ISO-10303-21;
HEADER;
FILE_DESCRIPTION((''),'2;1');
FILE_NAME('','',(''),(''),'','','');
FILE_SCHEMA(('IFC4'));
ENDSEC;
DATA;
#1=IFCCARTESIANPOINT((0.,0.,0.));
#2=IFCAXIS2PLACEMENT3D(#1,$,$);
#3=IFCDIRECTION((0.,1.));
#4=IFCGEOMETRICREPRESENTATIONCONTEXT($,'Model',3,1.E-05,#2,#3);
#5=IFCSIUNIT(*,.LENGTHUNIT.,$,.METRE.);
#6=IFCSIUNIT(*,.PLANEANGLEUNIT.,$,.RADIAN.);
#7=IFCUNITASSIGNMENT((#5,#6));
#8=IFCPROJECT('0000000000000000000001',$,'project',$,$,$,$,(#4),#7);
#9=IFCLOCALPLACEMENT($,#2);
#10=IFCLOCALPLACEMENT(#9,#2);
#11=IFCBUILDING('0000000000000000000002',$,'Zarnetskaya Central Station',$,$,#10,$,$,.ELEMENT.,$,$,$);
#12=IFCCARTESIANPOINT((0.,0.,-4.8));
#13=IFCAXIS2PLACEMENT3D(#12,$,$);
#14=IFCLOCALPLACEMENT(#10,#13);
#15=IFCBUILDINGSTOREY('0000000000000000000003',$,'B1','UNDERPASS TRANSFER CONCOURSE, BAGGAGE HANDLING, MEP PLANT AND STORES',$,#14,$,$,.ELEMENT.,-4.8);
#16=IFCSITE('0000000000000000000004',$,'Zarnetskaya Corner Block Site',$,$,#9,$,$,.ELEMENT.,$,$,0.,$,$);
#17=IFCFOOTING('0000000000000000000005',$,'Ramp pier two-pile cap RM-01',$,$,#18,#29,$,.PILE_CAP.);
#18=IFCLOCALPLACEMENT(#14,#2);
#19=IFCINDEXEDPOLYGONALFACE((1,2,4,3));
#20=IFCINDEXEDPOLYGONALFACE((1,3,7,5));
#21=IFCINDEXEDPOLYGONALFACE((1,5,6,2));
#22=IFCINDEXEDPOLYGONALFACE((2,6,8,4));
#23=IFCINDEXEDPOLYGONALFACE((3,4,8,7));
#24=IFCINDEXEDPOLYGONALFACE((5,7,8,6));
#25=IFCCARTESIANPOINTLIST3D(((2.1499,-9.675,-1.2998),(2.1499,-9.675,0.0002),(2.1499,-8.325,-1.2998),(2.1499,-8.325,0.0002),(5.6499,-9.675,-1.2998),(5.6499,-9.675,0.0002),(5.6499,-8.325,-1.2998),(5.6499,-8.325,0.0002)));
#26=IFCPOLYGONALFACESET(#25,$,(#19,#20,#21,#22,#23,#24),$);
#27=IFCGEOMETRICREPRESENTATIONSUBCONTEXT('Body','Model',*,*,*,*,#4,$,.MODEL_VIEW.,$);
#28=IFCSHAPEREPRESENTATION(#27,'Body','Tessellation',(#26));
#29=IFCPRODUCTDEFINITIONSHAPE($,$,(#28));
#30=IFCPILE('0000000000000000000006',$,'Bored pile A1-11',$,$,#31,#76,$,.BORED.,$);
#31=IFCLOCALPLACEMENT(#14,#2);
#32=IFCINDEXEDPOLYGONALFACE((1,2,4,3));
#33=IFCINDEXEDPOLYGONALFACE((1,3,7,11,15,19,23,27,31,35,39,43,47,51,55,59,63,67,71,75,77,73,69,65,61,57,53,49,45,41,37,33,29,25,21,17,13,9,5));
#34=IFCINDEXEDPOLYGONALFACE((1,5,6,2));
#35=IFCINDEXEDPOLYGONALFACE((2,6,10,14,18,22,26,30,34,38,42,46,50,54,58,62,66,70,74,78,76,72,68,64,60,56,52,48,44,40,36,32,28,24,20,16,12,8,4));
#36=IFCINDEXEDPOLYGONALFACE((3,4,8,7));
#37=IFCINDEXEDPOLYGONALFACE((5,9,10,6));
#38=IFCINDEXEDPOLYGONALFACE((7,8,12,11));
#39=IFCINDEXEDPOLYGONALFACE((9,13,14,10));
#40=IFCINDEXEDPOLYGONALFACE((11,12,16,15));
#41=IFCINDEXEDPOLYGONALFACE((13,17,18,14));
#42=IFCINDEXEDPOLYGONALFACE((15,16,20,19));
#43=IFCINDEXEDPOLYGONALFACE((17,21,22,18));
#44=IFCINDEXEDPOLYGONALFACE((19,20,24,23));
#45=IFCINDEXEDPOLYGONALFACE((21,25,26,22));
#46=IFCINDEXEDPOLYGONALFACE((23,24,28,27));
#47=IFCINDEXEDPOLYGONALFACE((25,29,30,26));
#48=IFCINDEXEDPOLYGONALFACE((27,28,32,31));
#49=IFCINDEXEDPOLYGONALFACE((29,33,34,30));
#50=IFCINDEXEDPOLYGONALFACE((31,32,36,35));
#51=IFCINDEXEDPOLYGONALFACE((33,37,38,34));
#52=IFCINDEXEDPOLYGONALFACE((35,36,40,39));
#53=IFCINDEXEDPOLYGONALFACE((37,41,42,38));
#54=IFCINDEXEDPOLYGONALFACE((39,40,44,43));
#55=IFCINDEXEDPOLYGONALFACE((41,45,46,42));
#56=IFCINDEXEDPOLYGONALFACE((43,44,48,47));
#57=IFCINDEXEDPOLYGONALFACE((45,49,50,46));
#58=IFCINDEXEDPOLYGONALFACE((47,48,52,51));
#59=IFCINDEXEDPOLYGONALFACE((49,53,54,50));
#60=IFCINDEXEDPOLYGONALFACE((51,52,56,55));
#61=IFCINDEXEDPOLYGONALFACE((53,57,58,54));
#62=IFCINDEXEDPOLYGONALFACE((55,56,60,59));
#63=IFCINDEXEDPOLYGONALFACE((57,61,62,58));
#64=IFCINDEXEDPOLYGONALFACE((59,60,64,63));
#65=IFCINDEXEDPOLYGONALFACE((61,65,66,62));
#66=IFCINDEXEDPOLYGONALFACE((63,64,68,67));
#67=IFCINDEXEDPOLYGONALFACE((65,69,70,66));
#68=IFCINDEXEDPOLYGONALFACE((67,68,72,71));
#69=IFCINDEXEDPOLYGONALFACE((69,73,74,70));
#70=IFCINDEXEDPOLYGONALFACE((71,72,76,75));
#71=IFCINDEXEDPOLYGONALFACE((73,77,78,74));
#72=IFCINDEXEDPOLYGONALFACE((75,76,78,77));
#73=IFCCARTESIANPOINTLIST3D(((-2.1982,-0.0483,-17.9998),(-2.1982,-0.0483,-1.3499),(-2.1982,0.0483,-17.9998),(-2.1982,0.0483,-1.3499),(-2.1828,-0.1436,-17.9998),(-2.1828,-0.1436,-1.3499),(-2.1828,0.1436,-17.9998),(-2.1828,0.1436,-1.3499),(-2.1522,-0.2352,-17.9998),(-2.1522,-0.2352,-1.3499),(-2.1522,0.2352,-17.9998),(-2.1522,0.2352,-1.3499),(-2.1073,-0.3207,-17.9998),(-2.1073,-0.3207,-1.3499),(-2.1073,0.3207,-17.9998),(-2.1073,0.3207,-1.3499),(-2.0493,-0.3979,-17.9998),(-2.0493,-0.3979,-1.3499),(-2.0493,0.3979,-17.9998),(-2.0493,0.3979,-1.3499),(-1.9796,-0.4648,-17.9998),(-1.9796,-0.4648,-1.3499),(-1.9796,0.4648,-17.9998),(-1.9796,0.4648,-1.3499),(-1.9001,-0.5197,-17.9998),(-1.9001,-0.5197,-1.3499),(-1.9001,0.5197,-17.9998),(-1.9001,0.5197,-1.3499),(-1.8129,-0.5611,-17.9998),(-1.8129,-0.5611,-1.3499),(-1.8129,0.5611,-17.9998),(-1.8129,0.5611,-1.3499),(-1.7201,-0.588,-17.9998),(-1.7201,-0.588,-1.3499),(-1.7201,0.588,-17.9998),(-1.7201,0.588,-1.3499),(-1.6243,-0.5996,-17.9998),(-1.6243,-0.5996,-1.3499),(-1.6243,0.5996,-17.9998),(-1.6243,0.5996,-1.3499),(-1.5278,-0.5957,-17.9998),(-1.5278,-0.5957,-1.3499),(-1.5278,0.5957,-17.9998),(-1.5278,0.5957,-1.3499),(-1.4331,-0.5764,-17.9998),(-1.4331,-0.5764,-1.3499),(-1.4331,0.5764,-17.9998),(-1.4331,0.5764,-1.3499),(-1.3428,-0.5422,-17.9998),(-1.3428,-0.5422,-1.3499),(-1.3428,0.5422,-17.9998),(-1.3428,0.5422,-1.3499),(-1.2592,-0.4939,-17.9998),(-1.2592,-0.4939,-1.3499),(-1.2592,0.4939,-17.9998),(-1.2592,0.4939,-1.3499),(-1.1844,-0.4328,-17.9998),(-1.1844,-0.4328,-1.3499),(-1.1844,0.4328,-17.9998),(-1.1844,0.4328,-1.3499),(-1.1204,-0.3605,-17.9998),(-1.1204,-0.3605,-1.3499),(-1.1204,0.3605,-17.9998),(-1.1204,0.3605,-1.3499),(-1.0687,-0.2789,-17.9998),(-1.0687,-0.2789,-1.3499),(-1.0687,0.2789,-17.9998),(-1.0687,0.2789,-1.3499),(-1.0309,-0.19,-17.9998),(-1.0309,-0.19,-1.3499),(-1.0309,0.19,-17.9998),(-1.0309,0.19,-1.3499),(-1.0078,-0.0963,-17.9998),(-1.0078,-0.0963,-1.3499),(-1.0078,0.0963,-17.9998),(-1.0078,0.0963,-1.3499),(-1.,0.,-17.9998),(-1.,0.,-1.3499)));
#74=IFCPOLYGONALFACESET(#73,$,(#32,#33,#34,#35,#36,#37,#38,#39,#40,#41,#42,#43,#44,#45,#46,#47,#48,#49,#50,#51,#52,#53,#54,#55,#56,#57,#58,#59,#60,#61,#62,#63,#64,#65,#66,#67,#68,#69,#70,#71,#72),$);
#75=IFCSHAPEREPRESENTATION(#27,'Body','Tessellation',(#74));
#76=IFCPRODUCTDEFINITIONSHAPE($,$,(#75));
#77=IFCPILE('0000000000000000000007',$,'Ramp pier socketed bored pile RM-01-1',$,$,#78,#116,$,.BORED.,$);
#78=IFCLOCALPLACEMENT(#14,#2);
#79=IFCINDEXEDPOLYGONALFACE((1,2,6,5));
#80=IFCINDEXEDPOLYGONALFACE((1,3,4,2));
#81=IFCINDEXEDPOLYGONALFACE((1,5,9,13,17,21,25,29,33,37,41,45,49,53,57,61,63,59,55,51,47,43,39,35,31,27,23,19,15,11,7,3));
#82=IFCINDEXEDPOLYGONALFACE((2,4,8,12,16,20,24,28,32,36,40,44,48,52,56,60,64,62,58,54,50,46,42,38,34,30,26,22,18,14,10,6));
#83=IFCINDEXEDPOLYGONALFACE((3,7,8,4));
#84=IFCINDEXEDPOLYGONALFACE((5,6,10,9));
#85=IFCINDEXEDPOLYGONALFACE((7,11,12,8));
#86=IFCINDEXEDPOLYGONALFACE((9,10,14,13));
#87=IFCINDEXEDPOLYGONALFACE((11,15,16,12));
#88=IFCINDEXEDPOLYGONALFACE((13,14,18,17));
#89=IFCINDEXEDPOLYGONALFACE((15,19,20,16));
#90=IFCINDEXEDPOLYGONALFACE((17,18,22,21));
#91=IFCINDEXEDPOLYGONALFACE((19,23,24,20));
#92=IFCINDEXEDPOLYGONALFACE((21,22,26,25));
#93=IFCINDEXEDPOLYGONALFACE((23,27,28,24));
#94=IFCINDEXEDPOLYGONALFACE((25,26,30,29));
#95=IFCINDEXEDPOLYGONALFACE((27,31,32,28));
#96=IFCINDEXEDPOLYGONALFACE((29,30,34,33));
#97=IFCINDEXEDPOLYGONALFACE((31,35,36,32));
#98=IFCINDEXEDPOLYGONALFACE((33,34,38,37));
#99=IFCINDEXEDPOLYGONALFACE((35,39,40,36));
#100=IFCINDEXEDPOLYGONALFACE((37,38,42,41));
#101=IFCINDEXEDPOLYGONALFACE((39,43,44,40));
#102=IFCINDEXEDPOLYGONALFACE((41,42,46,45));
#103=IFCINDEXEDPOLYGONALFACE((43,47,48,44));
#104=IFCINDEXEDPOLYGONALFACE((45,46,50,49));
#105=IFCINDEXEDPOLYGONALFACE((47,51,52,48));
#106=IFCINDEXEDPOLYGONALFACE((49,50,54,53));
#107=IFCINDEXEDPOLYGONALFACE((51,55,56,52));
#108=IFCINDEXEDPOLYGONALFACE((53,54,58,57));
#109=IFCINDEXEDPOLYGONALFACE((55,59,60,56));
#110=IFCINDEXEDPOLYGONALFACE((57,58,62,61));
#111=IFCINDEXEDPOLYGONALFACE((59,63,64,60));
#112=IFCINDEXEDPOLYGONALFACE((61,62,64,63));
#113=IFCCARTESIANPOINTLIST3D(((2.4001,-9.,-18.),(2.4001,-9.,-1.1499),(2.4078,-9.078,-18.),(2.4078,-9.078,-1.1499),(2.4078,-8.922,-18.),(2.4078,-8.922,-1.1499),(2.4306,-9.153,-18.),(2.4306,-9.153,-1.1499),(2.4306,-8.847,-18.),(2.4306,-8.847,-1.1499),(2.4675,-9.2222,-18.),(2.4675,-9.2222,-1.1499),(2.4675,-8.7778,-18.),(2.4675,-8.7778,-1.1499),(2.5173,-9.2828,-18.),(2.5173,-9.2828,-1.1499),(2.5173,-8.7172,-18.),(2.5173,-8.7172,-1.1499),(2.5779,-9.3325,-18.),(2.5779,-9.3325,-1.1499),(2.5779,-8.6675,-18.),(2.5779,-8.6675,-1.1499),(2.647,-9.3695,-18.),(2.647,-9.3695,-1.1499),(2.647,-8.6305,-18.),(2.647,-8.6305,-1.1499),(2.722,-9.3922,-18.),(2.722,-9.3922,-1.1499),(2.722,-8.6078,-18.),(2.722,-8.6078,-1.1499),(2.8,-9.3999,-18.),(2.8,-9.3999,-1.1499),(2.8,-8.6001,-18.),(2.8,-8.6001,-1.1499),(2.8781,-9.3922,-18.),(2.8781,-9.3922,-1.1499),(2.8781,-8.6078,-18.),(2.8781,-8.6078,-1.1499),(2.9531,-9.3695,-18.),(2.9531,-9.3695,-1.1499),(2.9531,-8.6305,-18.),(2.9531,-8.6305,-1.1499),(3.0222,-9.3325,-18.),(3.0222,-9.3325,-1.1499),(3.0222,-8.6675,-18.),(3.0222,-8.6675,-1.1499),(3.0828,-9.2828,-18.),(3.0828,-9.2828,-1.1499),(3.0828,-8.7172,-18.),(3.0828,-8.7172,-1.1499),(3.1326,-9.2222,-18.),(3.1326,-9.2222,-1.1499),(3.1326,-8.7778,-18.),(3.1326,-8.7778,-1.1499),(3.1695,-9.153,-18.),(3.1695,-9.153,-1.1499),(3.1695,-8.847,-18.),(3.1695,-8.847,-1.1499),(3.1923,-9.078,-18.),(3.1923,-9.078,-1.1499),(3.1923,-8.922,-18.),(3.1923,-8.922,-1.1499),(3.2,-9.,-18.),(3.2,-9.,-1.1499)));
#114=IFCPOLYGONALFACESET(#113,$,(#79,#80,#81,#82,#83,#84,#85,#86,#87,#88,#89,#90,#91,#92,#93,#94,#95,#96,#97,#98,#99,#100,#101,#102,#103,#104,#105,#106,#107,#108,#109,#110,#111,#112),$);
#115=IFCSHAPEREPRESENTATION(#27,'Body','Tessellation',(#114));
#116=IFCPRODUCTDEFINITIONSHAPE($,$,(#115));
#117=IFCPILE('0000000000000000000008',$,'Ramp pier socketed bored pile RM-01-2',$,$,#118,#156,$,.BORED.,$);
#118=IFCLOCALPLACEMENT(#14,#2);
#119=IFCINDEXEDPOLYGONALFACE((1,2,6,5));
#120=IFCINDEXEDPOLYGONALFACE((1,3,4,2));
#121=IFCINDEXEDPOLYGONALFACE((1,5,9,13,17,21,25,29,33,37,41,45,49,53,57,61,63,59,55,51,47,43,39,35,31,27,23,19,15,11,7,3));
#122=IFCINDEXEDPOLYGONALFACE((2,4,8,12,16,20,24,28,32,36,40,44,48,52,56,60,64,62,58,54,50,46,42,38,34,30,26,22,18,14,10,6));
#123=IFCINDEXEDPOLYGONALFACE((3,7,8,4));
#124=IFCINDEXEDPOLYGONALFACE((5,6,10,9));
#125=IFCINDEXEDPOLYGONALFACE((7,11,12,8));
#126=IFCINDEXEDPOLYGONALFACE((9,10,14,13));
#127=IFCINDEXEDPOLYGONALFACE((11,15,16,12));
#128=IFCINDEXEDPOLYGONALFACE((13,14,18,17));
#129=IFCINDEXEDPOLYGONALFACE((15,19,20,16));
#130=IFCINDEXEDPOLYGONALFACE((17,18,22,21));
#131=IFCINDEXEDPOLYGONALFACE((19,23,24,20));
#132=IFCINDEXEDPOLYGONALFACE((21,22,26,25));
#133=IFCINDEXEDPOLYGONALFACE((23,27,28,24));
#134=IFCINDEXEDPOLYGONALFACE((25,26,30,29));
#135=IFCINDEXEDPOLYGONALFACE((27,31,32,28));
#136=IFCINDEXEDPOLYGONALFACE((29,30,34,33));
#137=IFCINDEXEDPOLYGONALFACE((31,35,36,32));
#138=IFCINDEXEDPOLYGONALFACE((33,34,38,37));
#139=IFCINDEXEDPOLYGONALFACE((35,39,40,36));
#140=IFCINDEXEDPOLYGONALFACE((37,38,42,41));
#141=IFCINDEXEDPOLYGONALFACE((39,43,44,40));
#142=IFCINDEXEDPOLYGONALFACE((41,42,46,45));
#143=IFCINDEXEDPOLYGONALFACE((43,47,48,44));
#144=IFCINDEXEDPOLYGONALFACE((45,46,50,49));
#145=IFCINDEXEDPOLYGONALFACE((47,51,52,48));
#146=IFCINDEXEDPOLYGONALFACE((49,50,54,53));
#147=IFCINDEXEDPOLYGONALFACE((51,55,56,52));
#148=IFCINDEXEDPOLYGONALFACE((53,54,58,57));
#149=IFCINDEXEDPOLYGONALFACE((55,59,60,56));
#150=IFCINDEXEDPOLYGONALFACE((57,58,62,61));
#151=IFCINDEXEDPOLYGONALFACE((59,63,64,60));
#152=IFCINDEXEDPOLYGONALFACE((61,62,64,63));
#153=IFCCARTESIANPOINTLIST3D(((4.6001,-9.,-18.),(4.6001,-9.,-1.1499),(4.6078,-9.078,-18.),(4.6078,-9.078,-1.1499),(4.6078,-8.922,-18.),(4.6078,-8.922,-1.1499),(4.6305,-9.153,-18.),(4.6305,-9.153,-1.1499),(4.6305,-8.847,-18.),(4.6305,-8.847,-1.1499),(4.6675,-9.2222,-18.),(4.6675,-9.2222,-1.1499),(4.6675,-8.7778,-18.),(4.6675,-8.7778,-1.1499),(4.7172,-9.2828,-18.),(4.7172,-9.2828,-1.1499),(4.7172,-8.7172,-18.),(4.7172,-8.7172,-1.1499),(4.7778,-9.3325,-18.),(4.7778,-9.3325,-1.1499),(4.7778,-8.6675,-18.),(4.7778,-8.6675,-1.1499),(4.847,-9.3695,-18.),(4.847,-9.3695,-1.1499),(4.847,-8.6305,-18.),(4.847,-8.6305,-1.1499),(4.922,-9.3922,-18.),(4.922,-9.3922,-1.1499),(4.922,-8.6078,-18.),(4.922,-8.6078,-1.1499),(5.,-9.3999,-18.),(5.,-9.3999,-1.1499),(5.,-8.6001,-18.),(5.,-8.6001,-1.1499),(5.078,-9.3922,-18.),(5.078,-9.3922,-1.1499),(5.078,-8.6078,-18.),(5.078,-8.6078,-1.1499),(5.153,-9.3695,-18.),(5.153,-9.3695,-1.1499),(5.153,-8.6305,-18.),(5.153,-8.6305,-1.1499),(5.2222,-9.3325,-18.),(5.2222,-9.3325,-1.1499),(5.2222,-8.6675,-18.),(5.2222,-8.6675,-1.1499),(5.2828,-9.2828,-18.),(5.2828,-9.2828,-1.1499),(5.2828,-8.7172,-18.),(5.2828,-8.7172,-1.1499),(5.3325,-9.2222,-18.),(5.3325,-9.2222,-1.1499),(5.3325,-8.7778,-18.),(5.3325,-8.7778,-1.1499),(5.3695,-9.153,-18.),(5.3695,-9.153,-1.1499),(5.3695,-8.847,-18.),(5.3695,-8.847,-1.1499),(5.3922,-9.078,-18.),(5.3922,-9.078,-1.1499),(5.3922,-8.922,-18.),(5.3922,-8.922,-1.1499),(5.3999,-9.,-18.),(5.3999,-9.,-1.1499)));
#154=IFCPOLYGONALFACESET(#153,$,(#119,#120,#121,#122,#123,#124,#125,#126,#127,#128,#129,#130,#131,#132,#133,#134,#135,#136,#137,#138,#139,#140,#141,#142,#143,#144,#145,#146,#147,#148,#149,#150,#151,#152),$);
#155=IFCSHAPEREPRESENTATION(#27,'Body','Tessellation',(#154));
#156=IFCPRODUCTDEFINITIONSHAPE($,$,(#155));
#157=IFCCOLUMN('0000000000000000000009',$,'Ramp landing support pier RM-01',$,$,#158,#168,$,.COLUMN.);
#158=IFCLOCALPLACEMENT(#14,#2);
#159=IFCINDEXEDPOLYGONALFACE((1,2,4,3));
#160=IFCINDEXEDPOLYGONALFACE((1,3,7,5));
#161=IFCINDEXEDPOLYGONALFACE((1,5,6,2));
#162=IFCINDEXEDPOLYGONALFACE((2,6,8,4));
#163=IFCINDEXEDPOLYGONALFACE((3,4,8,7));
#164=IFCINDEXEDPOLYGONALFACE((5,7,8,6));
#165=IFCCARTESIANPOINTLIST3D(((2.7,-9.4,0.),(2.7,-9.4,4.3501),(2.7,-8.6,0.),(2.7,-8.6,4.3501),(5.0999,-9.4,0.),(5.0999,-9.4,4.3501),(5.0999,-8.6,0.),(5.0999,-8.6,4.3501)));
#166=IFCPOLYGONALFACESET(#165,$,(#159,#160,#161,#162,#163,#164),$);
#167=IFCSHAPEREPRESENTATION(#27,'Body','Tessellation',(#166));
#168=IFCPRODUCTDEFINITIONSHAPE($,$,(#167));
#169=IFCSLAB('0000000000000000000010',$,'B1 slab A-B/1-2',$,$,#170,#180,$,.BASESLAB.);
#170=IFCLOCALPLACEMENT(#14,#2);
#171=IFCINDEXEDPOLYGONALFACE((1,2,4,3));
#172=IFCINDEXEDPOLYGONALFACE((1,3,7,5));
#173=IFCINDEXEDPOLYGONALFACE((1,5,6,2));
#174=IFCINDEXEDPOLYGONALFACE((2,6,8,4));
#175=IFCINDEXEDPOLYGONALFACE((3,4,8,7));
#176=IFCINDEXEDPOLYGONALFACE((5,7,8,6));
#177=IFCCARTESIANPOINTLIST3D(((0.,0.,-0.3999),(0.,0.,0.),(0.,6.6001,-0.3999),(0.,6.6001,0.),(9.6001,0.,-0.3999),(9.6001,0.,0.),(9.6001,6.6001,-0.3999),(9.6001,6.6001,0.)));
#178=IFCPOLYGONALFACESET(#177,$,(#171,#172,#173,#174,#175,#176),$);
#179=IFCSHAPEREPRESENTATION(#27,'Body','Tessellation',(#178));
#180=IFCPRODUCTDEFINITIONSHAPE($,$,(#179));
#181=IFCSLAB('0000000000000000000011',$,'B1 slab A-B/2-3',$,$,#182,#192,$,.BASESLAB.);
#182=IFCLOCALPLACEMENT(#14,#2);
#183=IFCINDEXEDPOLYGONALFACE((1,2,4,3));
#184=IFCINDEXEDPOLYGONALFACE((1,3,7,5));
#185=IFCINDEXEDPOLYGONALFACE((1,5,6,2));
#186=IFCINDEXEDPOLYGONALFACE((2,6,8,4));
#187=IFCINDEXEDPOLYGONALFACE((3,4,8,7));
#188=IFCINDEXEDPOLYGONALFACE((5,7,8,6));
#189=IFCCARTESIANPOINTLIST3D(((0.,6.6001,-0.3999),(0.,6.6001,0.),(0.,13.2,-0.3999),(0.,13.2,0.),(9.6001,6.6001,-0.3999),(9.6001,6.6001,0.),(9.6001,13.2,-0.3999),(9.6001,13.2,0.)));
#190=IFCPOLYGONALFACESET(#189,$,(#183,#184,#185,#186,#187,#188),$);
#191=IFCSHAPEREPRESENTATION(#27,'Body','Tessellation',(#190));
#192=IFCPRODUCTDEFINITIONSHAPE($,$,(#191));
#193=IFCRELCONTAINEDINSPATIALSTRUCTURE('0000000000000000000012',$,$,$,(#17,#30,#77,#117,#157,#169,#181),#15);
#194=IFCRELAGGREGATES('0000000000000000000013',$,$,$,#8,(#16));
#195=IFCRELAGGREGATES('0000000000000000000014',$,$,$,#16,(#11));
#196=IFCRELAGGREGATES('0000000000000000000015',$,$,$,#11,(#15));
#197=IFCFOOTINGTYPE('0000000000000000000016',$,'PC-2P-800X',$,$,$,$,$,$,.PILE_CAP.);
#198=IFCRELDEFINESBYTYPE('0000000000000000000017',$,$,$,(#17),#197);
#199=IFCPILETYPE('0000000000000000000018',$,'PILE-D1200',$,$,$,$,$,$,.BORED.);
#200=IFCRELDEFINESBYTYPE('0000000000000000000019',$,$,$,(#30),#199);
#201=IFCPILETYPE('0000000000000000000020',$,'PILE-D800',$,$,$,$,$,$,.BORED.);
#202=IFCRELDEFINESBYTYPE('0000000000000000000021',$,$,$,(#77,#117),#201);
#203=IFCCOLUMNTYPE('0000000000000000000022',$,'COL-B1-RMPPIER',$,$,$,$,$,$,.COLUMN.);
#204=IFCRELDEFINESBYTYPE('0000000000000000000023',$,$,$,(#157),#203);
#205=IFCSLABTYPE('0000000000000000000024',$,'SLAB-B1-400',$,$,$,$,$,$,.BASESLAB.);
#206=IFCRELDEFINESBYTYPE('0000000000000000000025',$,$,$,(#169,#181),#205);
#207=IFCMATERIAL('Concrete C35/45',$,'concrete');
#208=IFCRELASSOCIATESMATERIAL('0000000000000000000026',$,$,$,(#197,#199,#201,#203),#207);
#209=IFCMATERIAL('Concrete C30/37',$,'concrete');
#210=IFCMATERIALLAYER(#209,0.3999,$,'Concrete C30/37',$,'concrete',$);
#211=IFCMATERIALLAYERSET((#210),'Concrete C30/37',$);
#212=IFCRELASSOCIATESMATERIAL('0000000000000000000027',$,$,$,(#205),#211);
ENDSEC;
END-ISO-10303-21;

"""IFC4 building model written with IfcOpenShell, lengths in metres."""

from ifc_helpers import new_model, si_unit, direction, frame, origin, origin_2d, place, context, subcontext, project, spatial, polyline, rectangle, circle, outline, extrude, material, layer, layer_set, material_profile, profile_set, type_object, element, save


model = new_model("IFC4")

# Units and contexts
model_context = context("Model", 3, precision=1e-05, world=origin(), true_north=direction((0.0, 1.0)))
body_context = subcontext(model_context, "Body", "Model", "MODEL_VIEW")
ifc_project = project(units=[si_unit("LENGTHUNIT", "METRE"), si_unit("PLANEANGLEUNIT", "RADIAN")], contexts=[model_context])

# Site, building, storey
site_placement = place(None, origin())
site = spatial("IfcSite", under=ifc_project, at=site_placement, Name="Zarnetskaya Corner Block Site", CompositionType="ELEMENT", RefElevation=0.0)
building_placement = place(site_placement, origin())
building = spatial("IfcBuilding", under=site, at=building_placement, Name="Zarnetskaya Central Station", CompositionType="ELEMENT")
storey_placement = place(building_placement, frame((0.0, 0.0, -4.8)))
storey = spatial("IfcBuildingStorey", under=building, at=storey_placement, Name="B1", Description="UNDERPASS TRANSFER CONCOURSE, BAGGAGE HANDLING, MEP PLANT AND STORES", CompositionType="ELEMENT", Elevation=-4.8)

# Footing
ifc_material_1 = material(Name="Concrete C35/45", Category="concrete")
footing_type = type_object("IfcFootingType", Name="PC-2P-800X", PredefinedType="PILE_CAP", material=ifc_material_1)
footing_placement = place(storey_placement, frame((3.8999, -9.0, -1.2998), z_axis=(0.0, 0.0, 1.0), x_axis=(1.0, 0.0, 0.0)))
element("IfcFooting", 1, at=footing_placement, inside=storey, type_object=footing_type, Name="Ramp pier two-pile cap RM-01", PredefinedType="PILE_CAP", context=body_context, shape_type="SweptSolid", body=[
    extrude(rectangle(XDim=3.5, YDim=1.3501, at=origin_2d()), origin(), (0.0, 0.0, 1.0), 1.3),
])

# Piles
ifc_material_profile_1 = material_profile(ifc_material_1, circle(Radius=0.6001, at=origin_2d()), Name="BORED PILE D1200")
ifc_profile_set_1 = profile_set([ifc_material_profile_1], Name="Concrete C35/45")
pile_type_1 = type_object("IfcPileType", Name="PILE-D1200", PredefinedType="BORED", material=ifc_profile_set_1)
pile_placement = place(storey_placement, frame((-1.6001, 0.0, -1.3499), z_axis=(0.0, 0.0, -1.0), x_axis=(1.0, 0.0, 0.0)))
element("IfcPile", 2, at=pile_placement, inside=storey, type_object=pile_type_1, Name="Bored pile A1-11", PredefinedType="BORED", context=body_context, shape_type="SweptSolid", body=[
    extrude(circle(Radius=0.6001, at=origin_2d()), origin(), (0.0, 0.0, 1.0), 16.6499),
])
ifc_material_profile_2 = material_profile(ifc_material_1, circle(Radius=0.3999, at=origin_2d()), Name="BORED PILE D800")
ifc_profile_set_2 = profile_set([ifc_material_profile_2], Name="Concrete C35/45")
pile_type_2 = type_object("IfcPileType", Name="PILE-D800", PredefinedType="BORED", material=ifc_profile_set_2)
for number, where, z_axis, x_axis, name in (
    (3, (2.8, -9.0, -1.1499), (0.0, 0.0, -1.0), (1.0, 0.0, 0.0), "Ramp pier socketed bored pile RM-01-1"),
    (4, (5.0, -9.0, -1.1499), (0.0, 0.0, -1.0), (1.0, 0.0, 0.0), "Ramp pier socketed bored pile RM-01-2"),
):
    element("IfcPile", number, at=place(storey_placement, frame(where, z_axis=z_axis, x_axis=x_axis)), inside=storey, type_object=pile_type_2, Name=name, PredefinedType="BORED", context=body_context, shape_type="SweptSolid", body=[
        extrude(circle(Radius=0.3999, at=origin_2d()), origin(), (0.0, 0.0, 1.0), 16.8501),
    ])

# Column
ifc_material_profile_3 = material_profile(ifc_material_1, rectangle(XDim=2.3999, YDim=0.8, at=origin_2d()), Name="RC PIER 2400x800")
ifc_profile_set_3 = profile_set([ifc_material_profile_3], Name="Concrete C35/45")
column_type = type_object("IfcColumnType", Name="COL-B1-RMPPIER", PredefinedType="COLUMN", material=ifc_profile_set_3)
column_placement = place(storey_placement, frame((3.8999, -9.0, 0.0), z_axis=(0.0, 0.0, 1.0), x_axis=(1.0, 0.0, 0.0)))
element("IfcColumn", 5, at=column_placement, inside=storey, type_object=column_type, Name="Ramp landing support pier RM-01", PredefinedType="COLUMN", context=body_context, shape_type="SweptSolid", body=[
    extrude(rectangle(XDim=2.3999, YDim=0.8, at=origin_2d()), origin(), (0.0, 0.0, 1.0), 4.3501),
])

# Slabs
ifc_material_2 = material(Name="Concrete C30/37", Category="concrete")
ifc_layer = layer(ifc_material_2, 0.3999, Name="Concrete C30/37", Category="concrete")
ifc_layer_set = layer_set([ifc_layer], Name="Concrete C30/37")
slab_type = type_object("IfcSlabType", Name="SLAB-B1-400", PredefinedType="BASESLAB", material=ifc_layer_set)
slab_1_placement = place(storey_placement, frame((0.0, 0.0, -0.3999)))
element("IfcSlab", 6, at=slab_1_placement, inside=storey, type_object=slab_type, Name="B1 slab A-B/1-2", PredefinedType="BASESLAB", context=body_context, shape_type="SweptSolid", body=[
    extrude(outline(polyline([(0.0, 0.0), (9.6001, 0.0), (9.6001, 6.6001), (0.0, 6.6001), (0.0, 0.0)])), origin(), (0.0, 0.0, 1.0), 0.3999),
])
slab_2_placement = place(storey_placement, frame((0.0, 0.0, -0.3999)))
element("IfcSlab", 7, at=slab_2_placement, inside=storey, type_object=slab_type, Name="B1 slab A-B/2-3", PredefinedType="BASESLAB", context=body_context, shape_type="SweptSolid", body=[
    extrude(outline(polyline([(0.0, 6.6001), (9.6001, 6.6001), (9.6001, 13.2), (0.0, 13.2), (0.0, 6.6001)])), origin(), (0.0, 0.0, 1.0), 0.3999),
])

save(model, "model.ifc")
